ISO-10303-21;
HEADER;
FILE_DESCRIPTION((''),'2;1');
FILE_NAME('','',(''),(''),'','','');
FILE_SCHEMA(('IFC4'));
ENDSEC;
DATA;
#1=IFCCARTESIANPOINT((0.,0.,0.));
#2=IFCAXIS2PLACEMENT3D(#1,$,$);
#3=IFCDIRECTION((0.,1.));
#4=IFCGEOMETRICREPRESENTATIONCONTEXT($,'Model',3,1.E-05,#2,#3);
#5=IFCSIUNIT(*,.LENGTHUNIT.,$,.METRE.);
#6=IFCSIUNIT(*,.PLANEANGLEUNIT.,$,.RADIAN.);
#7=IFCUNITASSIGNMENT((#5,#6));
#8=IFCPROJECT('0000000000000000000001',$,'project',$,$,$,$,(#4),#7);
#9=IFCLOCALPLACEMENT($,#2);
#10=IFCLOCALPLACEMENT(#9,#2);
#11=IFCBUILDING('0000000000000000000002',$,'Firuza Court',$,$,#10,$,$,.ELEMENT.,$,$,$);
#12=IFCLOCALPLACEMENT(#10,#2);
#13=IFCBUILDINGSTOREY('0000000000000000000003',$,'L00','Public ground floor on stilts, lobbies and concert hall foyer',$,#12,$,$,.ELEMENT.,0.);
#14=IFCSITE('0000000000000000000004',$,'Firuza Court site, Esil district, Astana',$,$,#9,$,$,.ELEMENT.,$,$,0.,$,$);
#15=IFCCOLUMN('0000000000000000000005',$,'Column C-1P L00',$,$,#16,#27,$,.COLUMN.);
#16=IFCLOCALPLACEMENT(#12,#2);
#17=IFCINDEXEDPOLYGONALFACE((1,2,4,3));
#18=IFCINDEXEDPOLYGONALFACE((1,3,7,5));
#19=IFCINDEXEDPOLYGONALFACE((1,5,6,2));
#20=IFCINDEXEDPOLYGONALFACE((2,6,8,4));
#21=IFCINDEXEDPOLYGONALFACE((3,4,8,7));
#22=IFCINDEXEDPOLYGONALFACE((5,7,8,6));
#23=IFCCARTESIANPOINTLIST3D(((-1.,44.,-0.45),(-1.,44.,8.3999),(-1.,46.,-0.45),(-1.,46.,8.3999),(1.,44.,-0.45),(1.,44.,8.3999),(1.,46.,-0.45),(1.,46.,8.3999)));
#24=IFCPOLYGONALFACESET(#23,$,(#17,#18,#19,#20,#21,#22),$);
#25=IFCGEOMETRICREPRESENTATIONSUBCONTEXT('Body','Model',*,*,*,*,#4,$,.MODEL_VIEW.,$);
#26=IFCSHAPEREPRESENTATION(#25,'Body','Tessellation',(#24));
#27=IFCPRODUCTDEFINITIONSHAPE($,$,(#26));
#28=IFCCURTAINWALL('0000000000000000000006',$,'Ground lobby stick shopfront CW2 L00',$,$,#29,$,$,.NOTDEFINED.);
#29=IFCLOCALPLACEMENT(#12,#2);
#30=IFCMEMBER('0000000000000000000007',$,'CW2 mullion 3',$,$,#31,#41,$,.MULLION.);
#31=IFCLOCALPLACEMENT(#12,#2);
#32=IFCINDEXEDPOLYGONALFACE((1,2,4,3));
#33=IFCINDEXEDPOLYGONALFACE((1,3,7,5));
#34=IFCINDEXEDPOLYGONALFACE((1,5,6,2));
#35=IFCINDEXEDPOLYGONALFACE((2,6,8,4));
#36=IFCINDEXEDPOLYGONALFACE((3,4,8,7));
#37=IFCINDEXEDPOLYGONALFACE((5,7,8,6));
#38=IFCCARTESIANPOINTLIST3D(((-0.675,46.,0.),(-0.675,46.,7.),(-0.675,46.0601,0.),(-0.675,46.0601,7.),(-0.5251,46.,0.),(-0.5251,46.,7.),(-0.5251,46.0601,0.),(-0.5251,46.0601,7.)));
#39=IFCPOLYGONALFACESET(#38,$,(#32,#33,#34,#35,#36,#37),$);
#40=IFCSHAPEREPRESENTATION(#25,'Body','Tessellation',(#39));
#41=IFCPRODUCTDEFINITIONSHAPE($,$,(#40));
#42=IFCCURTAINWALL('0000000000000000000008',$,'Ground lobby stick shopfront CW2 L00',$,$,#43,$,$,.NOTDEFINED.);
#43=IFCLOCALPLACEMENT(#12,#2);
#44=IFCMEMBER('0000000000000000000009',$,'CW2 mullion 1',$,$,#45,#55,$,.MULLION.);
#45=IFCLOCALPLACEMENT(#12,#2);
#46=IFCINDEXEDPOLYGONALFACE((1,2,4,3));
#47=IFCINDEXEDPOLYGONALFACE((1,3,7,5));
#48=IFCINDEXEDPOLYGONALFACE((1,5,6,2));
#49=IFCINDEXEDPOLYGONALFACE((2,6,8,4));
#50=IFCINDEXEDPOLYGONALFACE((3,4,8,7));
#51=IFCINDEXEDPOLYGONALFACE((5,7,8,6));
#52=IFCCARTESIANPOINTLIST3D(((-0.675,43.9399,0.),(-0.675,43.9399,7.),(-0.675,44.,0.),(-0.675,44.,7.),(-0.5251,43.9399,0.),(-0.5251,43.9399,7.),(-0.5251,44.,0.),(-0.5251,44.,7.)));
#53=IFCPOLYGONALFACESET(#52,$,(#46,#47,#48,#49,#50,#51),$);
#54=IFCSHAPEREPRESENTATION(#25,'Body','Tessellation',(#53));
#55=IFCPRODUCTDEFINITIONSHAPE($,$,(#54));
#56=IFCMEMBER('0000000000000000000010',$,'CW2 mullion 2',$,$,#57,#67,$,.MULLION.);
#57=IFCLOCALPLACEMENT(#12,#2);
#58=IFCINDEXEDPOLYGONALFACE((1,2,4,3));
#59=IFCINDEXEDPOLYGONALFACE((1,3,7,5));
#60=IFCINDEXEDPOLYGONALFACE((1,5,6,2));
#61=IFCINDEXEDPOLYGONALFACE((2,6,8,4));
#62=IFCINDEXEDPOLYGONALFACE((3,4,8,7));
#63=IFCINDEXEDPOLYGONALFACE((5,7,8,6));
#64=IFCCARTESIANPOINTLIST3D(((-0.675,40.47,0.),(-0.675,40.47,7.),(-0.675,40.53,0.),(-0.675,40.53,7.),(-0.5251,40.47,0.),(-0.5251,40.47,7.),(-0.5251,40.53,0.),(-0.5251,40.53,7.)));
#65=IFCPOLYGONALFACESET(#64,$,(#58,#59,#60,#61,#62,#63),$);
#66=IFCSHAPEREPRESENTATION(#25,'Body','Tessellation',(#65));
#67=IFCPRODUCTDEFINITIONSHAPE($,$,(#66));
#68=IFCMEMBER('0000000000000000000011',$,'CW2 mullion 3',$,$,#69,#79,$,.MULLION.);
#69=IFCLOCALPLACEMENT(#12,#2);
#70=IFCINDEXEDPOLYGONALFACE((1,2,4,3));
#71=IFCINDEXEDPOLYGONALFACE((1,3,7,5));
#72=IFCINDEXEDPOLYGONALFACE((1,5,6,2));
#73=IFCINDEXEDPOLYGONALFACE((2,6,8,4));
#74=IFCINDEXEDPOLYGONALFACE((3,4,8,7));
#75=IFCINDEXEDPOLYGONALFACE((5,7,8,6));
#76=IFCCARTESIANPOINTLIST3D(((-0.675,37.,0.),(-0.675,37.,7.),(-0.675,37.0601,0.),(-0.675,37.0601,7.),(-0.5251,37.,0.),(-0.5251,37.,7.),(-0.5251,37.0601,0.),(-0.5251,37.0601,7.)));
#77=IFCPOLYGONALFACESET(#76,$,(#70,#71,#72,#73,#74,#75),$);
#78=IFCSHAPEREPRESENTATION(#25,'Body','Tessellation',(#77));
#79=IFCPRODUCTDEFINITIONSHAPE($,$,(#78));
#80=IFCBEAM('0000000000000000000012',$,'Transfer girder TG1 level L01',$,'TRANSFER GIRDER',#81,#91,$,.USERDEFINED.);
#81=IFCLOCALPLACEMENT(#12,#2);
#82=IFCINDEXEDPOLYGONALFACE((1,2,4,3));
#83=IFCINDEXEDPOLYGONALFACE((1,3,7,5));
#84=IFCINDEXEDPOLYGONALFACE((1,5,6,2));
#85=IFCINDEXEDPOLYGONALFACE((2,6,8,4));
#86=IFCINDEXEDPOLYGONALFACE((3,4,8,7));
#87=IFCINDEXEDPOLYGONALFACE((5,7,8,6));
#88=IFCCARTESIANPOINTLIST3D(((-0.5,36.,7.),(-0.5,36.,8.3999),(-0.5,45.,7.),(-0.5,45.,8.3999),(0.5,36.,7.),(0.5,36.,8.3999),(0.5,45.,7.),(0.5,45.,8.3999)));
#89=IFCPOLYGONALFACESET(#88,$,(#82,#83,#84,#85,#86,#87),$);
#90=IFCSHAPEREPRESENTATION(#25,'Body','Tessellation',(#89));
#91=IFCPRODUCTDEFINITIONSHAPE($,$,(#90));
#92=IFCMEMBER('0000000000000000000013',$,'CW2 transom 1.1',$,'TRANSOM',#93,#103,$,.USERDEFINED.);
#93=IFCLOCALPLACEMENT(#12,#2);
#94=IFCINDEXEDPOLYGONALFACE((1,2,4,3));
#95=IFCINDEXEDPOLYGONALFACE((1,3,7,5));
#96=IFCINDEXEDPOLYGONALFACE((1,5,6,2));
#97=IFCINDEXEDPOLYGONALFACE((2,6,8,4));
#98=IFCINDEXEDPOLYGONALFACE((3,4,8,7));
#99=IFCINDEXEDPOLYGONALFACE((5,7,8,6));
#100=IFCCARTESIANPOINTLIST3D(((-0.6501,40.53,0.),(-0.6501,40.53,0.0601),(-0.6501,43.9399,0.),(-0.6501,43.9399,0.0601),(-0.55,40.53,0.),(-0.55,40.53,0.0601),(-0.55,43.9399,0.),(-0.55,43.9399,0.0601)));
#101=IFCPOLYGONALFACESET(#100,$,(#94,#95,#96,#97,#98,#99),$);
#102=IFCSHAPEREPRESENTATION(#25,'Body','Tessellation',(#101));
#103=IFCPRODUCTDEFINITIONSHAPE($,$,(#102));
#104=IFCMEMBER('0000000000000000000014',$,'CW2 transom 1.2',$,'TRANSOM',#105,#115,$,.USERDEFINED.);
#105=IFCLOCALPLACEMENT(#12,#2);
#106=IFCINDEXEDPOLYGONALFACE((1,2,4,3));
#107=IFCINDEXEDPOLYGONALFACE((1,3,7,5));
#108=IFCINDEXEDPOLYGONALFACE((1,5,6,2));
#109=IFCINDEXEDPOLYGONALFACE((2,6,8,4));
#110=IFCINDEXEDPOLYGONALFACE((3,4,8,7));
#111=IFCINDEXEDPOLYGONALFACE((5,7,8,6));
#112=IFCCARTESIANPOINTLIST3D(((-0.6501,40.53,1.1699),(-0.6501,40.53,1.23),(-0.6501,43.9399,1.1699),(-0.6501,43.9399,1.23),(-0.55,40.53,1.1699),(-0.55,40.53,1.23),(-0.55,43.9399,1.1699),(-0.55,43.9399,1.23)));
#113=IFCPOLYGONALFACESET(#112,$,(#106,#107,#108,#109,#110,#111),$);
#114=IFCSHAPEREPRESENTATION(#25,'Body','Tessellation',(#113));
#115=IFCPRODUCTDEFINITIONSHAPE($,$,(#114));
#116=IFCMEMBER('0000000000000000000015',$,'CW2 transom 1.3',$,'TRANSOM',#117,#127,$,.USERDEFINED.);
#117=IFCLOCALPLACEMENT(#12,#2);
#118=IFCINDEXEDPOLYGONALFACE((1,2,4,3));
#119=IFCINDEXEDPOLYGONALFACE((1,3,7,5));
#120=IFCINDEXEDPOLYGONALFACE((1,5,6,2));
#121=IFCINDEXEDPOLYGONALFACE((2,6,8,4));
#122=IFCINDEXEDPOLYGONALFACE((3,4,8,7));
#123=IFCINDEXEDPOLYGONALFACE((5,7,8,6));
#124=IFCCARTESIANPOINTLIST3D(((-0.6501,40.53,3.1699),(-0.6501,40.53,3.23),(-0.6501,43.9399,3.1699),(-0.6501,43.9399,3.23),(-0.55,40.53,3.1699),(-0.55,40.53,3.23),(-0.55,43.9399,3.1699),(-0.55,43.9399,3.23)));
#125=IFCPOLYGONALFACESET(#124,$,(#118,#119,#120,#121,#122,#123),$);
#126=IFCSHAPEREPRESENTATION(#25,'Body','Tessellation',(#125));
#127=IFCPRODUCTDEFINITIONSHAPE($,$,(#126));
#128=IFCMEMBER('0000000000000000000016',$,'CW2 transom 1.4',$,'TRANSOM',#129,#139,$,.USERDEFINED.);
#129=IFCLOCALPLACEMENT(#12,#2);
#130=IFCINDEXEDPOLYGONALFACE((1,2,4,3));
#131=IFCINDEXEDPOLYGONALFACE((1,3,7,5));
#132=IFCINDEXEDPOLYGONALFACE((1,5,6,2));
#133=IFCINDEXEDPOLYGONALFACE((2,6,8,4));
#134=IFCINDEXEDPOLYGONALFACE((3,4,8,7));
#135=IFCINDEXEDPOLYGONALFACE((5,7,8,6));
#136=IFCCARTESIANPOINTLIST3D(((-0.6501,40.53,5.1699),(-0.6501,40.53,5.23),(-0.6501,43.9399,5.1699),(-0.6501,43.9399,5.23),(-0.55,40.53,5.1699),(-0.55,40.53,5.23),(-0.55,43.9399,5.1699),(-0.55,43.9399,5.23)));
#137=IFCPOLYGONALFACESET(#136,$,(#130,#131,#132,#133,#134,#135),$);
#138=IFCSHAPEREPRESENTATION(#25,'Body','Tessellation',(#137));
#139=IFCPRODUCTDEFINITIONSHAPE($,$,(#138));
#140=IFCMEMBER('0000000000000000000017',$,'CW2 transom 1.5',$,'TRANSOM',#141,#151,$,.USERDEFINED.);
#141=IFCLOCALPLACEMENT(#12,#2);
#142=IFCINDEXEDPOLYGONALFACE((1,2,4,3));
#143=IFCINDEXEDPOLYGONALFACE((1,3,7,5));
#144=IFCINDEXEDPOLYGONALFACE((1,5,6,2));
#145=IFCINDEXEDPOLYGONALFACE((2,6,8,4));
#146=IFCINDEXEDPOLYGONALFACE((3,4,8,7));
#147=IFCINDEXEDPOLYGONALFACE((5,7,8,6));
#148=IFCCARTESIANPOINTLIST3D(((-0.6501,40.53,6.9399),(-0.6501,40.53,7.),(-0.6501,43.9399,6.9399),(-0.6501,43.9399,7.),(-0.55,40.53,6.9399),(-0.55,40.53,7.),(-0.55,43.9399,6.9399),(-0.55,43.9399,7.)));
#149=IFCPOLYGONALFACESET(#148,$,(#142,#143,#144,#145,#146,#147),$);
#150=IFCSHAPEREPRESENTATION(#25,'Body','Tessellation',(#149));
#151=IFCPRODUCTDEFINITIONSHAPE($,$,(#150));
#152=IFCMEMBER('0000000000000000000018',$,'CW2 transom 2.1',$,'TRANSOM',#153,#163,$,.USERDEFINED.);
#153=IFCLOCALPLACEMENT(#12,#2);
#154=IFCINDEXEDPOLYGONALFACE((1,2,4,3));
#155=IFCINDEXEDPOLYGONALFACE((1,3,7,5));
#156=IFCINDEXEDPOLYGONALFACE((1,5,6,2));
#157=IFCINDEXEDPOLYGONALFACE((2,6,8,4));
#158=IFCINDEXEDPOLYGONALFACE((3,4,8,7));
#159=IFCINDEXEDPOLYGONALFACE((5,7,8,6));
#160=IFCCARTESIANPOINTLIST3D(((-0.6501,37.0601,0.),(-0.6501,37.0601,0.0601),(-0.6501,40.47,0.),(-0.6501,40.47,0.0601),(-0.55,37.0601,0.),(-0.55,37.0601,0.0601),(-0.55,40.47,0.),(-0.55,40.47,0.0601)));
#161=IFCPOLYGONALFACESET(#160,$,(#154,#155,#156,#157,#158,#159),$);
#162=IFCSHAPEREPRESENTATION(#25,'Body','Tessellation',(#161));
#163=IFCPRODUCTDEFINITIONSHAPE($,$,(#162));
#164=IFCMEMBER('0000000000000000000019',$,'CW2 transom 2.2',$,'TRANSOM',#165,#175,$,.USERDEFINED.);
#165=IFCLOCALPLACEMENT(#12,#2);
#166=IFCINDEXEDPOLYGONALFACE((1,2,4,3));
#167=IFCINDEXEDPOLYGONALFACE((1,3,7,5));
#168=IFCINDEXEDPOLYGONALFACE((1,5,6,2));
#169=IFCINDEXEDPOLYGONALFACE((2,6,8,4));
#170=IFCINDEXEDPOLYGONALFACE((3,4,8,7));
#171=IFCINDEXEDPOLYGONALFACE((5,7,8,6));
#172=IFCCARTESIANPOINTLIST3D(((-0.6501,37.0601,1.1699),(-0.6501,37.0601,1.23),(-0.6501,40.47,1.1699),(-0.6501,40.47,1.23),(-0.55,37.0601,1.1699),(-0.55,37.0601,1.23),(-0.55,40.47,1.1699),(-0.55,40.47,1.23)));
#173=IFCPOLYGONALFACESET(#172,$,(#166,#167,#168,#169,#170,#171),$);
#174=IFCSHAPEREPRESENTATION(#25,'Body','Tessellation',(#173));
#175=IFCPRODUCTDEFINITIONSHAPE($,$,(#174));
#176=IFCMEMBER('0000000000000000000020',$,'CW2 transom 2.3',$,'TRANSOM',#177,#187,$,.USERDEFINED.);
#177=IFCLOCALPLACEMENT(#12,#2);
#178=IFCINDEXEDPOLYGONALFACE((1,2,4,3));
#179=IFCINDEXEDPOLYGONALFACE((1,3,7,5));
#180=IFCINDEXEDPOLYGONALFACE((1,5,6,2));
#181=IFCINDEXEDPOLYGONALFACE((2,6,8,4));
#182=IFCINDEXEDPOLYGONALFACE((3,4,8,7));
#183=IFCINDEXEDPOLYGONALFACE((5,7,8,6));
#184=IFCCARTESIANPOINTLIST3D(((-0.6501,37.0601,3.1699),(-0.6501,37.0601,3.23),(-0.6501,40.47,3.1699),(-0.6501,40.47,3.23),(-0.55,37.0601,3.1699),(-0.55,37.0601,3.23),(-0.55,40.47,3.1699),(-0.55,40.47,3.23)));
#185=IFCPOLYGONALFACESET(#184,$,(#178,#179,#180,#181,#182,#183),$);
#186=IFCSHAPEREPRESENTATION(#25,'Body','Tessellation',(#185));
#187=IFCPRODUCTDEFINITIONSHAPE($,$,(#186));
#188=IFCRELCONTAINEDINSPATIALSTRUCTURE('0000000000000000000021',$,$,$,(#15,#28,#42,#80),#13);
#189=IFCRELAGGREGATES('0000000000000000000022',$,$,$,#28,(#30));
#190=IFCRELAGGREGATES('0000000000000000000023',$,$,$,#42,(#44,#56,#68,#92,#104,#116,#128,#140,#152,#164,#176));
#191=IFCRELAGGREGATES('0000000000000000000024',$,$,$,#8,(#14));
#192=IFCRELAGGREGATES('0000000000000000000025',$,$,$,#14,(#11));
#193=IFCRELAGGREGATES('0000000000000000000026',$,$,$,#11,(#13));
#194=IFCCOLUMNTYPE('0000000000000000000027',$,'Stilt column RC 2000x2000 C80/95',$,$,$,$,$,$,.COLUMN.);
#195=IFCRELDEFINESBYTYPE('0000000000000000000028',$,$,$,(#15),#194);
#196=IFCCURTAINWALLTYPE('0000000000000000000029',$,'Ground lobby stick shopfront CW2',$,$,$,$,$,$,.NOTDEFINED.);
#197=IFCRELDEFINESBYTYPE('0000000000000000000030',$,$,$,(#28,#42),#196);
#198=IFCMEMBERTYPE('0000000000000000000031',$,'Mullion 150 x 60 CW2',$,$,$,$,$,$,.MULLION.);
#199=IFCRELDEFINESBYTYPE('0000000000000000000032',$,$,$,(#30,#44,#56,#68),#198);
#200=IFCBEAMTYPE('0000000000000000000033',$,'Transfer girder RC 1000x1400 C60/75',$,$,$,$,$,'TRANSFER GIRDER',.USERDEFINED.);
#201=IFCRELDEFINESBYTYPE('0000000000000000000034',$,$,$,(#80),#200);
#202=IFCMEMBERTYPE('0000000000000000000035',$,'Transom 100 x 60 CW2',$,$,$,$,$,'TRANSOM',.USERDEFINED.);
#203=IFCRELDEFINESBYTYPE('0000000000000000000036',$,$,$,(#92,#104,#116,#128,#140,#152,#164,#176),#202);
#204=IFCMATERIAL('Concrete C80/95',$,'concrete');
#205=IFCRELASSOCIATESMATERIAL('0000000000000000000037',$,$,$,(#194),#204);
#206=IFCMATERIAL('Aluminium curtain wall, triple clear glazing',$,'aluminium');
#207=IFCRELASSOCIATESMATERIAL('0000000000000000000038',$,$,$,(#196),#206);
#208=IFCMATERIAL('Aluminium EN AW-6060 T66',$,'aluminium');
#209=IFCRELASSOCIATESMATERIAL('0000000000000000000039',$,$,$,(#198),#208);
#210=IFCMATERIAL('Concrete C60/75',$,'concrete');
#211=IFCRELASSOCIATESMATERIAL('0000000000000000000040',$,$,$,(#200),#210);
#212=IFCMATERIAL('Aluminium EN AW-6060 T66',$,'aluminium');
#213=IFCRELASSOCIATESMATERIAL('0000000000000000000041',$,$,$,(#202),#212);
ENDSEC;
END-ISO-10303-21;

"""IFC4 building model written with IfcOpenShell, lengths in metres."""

from ifc_helpers import new_model, si_unit, direction, frame, origin, origin_2d, place, context, subcontext, project, spatial, rectangle, extrude, material, material_profile, profile_set, type_object, element, aggregate, save


model = new_model("IFC4")

# Units and contexts
model_context = context("Model", 3, precision=1e-05, world=origin(), true_north=direction((0.0, 1.0)))
body_context = subcontext(model_context, "Body", "Model", "MODEL_VIEW")
ifc_project = project(units=[si_unit("LENGTHUNIT", "METRE"), si_unit("PLANEANGLEUNIT", "RADIAN")], contexts=[model_context])

# Site, building, storey
site_placement = place(None, origin())
site = spatial("IfcSite", under=ifc_project, at=site_placement, Name="Firuza Court site, Esil district, Astana", CompositionType="ELEMENT", RefElevation=0.0)
building_placement = place(site_placement, origin())
building = spatial("IfcBuilding", under=site, at=building_placement, Name="Firuza Court", CompositionType="ELEMENT")
storey_placement = place(building_placement, origin())
storey = spatial("IfcBuildingStorey", under=building, at=storey_placement, Name="L00", Description="Public ground floor on stilts, lobbies and concert hall foyer", CompositionType="ELEMENT", Elevation=0.0)

# Column
ifc_material_1 = material(Name="Concrete C80/95", Category="concrete")
ifc_material_profile_1 = material_profile(ifc_material_1, rectangle(XDim=2.0, YDim=2.0, at=origin_2d()), Name="RC 2000x2000")
ifc_profile_set_1 = profile_set([ifc_material_profile_1], Name="Concrete C80/95")
column_type = type_object("IfcColumnType", Name="Stilt column RC 2000x2000 C80/95", PredefinedType="COLUMN", material=ifc_profile_set_1)
column_placement = place(storey_placement, frame((0.0, 45.0, -0.45), z_axis=(0.0, 0.0, 1.0), x_axis=(1.0, 0.0, 0.0)))
element("IfcColumn", 1, at=column_placement, inside=storey, type_object=column_type, Name="Column C-1P L00", PredefinedType="COLUMN", context=body_context, shape_type="SweptSolid", body=[
    extrude(rectangle(XDim=2.0, YDim=2.0, at=origin_2d()), origin(), (0.0, 0.0, 1.0), 8.8499),
])

# Curtain wall, member
ifc_material_2 = material(Name="Aluminium curtain wall, triple clear glazing", Category="aluminium")
curtain_wall_type = type_object("IfcCurtainWallType", Name="Ground lobby stick shopfront CW2", PredefinedType="NOTDEFINED", material=ifc_material_2)
curtain_wall_1_placement = place(storey_placement, origin())
curtain_wall_1 = element("IfcCurtainWall", 2, at=curtain_wall_1_placement, inside=storey, type_object=curtain_wall_type, Name="Ground lobby stick shopfront CW2 L00", PredefinedType="NOTDEFINED")
ifc_material_3 = material(Name="Aluminium EN AW-6060 T66", Category="aluminium")
ifc_material_profile_2 = material_profile(ifc_material_3, rectangle(XDim=0.1499, YDim=0.0601, at=origin_2d()), Name="Mullion 150 x 60 CW2")
ifc_profile_set_2 = profile_set([ifc_material_profile_2], Name="Aluminium EN AW-6060 T66")
member_type_1 = type_object("IfcMemberType", Name="Mullion 150 x 60 CW2", PredefinedType="MULLION", material=ifc_profile_set_2)
member_1_placement = place(storey_placement, frame((-0.6001, 46.03, 0.0), z_axis=(0.0, 0.0, 1.0), x_axis=(1.0, 0.0, 0.0)))
member_1 = element("IfcMember", 3, at=member_1_placement, type_object=member_type_1, Name="CW2 mullion 3", PredefinedType="MULLION", context=body_context, shape_type="SweptSolid", body=[
    extrude(rectangle(XDim=0.1499, YDim=0.0601, at=origin_2d()), origin(), (0.0, 0.0, 1.0), 7.0),
])

# Curtain wall, members
curtain_wall_2_placement = place(storey_placement, origin())
curtain_wall_2 = element("IfcCurtainWall", 4, at=curtain_wall_2_placement, inside=storey, type_object=curtain_wall_type, Name="Ground lobby stick shopfront CW2 L00", PredefinedType="NOTDEFINED")
member_2_placement = place(storey_placement, frame((-0.6001, 43.97, 0.0), z_axis=(0.0, 0.0, 1.0), x_axis=(1.0, 0.0, 0.0)))
member_2 = element("IfcMember", 5, at=member_2_placement, type_object=member_type_1, Name="CW2 mullion 1", PredefinedType="MULLION", context=body_context, shape_type="SweptSolid", body=[
    extrude(rectangle(XDim=0.1499, YDim=0.0601, at=origin_2d()), origin(), (0.0, 0.0, 1.0), 7.0),
])
member_3_placement = place(storey_placement, frame((-0.6001, 40.5, 0.0), z_axis=(0.0, 0.0, 1.0), x_axis=(1.0, 0.0, 0.0)))
member_3 = element("IfcMember", 6, at=member_3_placement, type_object=member_type_1, Name="CW2 mullion 2", PredefinedType="MULLION", context=body_context, shape_type="SweptSolid", body=[
    extrude(rectangle(XDim=0.1499, YDim=0.0601, at=origin_2d()), origin(), (0.0, 0.0, 1.0), 7.0),
])
member_4_placement = place(storey_placement, frame((-0.6001, 37.03, 0.0), z_axis=(0.0, 0.0, 1.0), x_axis=(1.0, 0.0, 0.0)))
member_4 = element("IfcMember", 7, at=member_4_placement, type_object=member_type_1, Name="CW2 mullion 3", PredefinedType="MULLION", context=body_context, shape_type="SweptSolid", body=[
    extrude(rectangle(XDim=0.1499, YDim=0.0601, at=origin_2d()), origin(), (0.0, 0.0, 1.0), 7.0),
])

# Beam
ifc_material_4 = material(Name="Concrete C60/75", Category="concrete")
ifc_material_profile_3 = material_profile(ifc_material_4, rectangle(XDim=1.0, YDim=1.3999, at=origin_2d()), Name="RC 1000x1400")
ifc_profile_set_3 = profile_set([ifc_material_profile_3], Name="Concrete C60/75")
beam_type = type_object("IfcBeamType", Name="Transfer girder RC 1000x1400 C60/75", ElementType="TRANSFER GIRDER", PredefinedType="USERDEFINED", material=ifc_profile_set_3)
beam_placement = place(storey_placement, frame((0.0, 45.0, 7.7), z_axis=(0.0, -1.0, 0.0), x_axis=(1.0, 0.0, 0.0)))
element("IfcBeam", 8, at=beam_placement, inside=storey, type_object=beam_type, Name="Transfer girder TG1 level L01", ObjectType="TRANSFER GIRDER", PredefinedType="USERDEFINED", context=body_context, shape_type="SweptSolid", body=[
    extrude(rectangle(XDim=1.0, YDim=1.3999, at=origin_2d()), origin(), (0.0, 0.0, 1.0), 9.0),
])

# Members
ifc_material_5 = material(Name="Aluminium EN AW-6060 T66", Category="aluminium")
ifc_material_profile_4 = material_profile(ifc_material_5, rectangle(XDim=0.1001, YDim=0.0601, at=origin_2d()), Name="Transom 100 x 60 CW2")
ifc_profile_set_4 = profile_set([ifc_material_profile_4], Name="Aluminium EN AW-6060 T66")
member_type_2 = type_object("IfcMemberType", Name="Transom 100 x 60 CW2", ElementType="TRANSOM", PredefinedType="USERDEFINED", material=ifc_profile_set_4)
member_5_placement = place(storey_placement, frame((-0.6001, 43.9399, 0.03), z_axis=(0.0, -1.0, 0.0), x_axis=(1.0, 0.0, 0.0)))
member_5 = element("IfcMember", 9, at=member_5_placement, type_object=member_type_2, Name="CW2 transom 1.1", ObjectType="TRANSOM", PredefinedType="USERDEFINED", context=body_context, shape_type="SweptSolid", body=[
    extrude(rectangle(XDim=0.1001, YDim=0.0601, at=origin_2d()), origin(), (0.0, 0.0, 1.0), 3.4099),
])
member_6_placement = place(storey_placement, frame((-0.6001, 43.9399, 1.2), z_axis=(0.0, -1.0, 0.0), x_axis=(1.0, 0.0, 0.0)))
member_6 = element("IfcMember", 10, at=member_6_placement, type_object=member_type_2, Name="CW2 transom 1.2", ObjectType="TRANSOM", PredefinedType="USERDEFINED", context=body_context, shape_type="SweptSolid", body=[
    extrude(rectangle(XDim=0.1001, YDim=0.0601, at=origin_2d()), origin(), (0.0, 0.0, 1.0), 3.4099),
])
member_7_placement = place(storey_placement, frame((-0.6001, 43.9399, 3.2), z_axis=(0.0, -1.0, 0.0), x_axis=(1.0, 0.0, 0.0)))
member_7 = element("IfcMember", 11, at=member_7_placement, type_object=member_type_2, Name="CW2 transom 1.3", ObjectType="TRANSOM", PredefinedType="USERDEFINED", context=body_context, shape_type="SweptSolid", body=[
    extrude(rectangle(XDim=0.1001, YDim=0.0601, at=origin_2d()), origin(), (0.0, 0.0, 1.0), 3.4099),
])
member_8_placement = place(storey_placement, frame((-0.6001, 43.9399, 5.2), z_axis=(0.0, -1.0, 0.0), x_axis=(1.0, 0.0, 0.0)))
member_8 = element("IfcMember", 12, at=member_8_placement, type_object=member_type_2, Name="CW2 transom 1.4", ObjectType="TRANSOM", PredefinedType="USERDEFINED", context=body_context, shape_type="SweptSolid", body=[
    extrude(rectangle(XDim=0.1001, YDim=0.0601, at=origin_2d()), origin(), (0.0, 0.0, 1.0), 3.4099),
])
member_9_placement = place(storey_placement, frame((-0.6001, 43.9399, 6.97), z_axis=(0.0, -1.0, 0.0), x_axis=(1.0, 0.0, 0.0)))
member_9 = element("IfcMember", 13, at=member_9_placement, type_object=member_type_2, Name="CW2 transom 1.5", ObjectType="TRANSOM", PredefinedType="USERDEFINED", context=body_context, shape_type="SweptSolid", body=[
    extrude(rectangle(XDim=0.1001, YDim=0.0601, at=origin_2d()), origin(), (0.0, 0.0, 1.0), 3.4099),
])
member_10_placement = place(storey_placement, frame((-0.6001, 40.47, 0.03), z_axis=(0.0, -1.0, 0.0), x_axis=(1.0, 0.0, 0.0)))
member_10 = element("IfcMember", 14, at=member_10_placement, type_object=member_type_2, Name="CW2 transom 2.1", ObjectType="TRANSOM", PredefinedType="USERDEFINED", context=body_context, shape_type="SweptSolid", body=[
    extrude(rectangle(XDim=0.1001, YDim=0.0601, at=origin_2d()), origin(), (0.0, 0.0, 1.0), 3.4099),
])
member_11_placement = place(storey_placement, frame((-0.6001, 40.47, 1.2), z_axis=(0.0, -1.0, 0.0), x_axis=(1.0, 0.0, 0.0)))
member_11 = element("IfcMember", 15, at=member_11_placement, type_object=member_type_2, Name="CW2 transom 2.2", ObjectType="TRANSOM", PredefinedType="USERDEFINED", context=body_context, shape_type="SweptSolid", body=[
    extrude(rectangle(XDim=0.1001, YDim=0.0601, at=origin_2d()), origin(), (0.0, 0.0, 1.0), 3.4099),
])
member_12_placement = place(storey_placement, frame((-0.6001, 40.47, 3.2), z_axis=(0.0, -1.0, 0.0), x_axis=(1.0, 0.0, 0.0)))
member_12 = element("IfcMember", 16, at=member_12_placement, type_object=member_type_2, Name="CW2 transom 2.3", ObjectType="TRANSOM", PredefinedType="USERDEFINED", context=body_context, shape_type="SweptSolid", body=[
    extrude(rectangle(XDim=0.1001, YDim=0.0601, at=origin_2d()), origin(), (0.0, 0.0, 1.0), 3.4099),
])

aggregate(curtain_wall_1, [member_1])
aggregate(curtain_wall_2, [member_2, member_3, member_4, member_5, member_6, member_7, member_8, member_9, member_10, member_11, member_12])

save(model, "model.ifc")
